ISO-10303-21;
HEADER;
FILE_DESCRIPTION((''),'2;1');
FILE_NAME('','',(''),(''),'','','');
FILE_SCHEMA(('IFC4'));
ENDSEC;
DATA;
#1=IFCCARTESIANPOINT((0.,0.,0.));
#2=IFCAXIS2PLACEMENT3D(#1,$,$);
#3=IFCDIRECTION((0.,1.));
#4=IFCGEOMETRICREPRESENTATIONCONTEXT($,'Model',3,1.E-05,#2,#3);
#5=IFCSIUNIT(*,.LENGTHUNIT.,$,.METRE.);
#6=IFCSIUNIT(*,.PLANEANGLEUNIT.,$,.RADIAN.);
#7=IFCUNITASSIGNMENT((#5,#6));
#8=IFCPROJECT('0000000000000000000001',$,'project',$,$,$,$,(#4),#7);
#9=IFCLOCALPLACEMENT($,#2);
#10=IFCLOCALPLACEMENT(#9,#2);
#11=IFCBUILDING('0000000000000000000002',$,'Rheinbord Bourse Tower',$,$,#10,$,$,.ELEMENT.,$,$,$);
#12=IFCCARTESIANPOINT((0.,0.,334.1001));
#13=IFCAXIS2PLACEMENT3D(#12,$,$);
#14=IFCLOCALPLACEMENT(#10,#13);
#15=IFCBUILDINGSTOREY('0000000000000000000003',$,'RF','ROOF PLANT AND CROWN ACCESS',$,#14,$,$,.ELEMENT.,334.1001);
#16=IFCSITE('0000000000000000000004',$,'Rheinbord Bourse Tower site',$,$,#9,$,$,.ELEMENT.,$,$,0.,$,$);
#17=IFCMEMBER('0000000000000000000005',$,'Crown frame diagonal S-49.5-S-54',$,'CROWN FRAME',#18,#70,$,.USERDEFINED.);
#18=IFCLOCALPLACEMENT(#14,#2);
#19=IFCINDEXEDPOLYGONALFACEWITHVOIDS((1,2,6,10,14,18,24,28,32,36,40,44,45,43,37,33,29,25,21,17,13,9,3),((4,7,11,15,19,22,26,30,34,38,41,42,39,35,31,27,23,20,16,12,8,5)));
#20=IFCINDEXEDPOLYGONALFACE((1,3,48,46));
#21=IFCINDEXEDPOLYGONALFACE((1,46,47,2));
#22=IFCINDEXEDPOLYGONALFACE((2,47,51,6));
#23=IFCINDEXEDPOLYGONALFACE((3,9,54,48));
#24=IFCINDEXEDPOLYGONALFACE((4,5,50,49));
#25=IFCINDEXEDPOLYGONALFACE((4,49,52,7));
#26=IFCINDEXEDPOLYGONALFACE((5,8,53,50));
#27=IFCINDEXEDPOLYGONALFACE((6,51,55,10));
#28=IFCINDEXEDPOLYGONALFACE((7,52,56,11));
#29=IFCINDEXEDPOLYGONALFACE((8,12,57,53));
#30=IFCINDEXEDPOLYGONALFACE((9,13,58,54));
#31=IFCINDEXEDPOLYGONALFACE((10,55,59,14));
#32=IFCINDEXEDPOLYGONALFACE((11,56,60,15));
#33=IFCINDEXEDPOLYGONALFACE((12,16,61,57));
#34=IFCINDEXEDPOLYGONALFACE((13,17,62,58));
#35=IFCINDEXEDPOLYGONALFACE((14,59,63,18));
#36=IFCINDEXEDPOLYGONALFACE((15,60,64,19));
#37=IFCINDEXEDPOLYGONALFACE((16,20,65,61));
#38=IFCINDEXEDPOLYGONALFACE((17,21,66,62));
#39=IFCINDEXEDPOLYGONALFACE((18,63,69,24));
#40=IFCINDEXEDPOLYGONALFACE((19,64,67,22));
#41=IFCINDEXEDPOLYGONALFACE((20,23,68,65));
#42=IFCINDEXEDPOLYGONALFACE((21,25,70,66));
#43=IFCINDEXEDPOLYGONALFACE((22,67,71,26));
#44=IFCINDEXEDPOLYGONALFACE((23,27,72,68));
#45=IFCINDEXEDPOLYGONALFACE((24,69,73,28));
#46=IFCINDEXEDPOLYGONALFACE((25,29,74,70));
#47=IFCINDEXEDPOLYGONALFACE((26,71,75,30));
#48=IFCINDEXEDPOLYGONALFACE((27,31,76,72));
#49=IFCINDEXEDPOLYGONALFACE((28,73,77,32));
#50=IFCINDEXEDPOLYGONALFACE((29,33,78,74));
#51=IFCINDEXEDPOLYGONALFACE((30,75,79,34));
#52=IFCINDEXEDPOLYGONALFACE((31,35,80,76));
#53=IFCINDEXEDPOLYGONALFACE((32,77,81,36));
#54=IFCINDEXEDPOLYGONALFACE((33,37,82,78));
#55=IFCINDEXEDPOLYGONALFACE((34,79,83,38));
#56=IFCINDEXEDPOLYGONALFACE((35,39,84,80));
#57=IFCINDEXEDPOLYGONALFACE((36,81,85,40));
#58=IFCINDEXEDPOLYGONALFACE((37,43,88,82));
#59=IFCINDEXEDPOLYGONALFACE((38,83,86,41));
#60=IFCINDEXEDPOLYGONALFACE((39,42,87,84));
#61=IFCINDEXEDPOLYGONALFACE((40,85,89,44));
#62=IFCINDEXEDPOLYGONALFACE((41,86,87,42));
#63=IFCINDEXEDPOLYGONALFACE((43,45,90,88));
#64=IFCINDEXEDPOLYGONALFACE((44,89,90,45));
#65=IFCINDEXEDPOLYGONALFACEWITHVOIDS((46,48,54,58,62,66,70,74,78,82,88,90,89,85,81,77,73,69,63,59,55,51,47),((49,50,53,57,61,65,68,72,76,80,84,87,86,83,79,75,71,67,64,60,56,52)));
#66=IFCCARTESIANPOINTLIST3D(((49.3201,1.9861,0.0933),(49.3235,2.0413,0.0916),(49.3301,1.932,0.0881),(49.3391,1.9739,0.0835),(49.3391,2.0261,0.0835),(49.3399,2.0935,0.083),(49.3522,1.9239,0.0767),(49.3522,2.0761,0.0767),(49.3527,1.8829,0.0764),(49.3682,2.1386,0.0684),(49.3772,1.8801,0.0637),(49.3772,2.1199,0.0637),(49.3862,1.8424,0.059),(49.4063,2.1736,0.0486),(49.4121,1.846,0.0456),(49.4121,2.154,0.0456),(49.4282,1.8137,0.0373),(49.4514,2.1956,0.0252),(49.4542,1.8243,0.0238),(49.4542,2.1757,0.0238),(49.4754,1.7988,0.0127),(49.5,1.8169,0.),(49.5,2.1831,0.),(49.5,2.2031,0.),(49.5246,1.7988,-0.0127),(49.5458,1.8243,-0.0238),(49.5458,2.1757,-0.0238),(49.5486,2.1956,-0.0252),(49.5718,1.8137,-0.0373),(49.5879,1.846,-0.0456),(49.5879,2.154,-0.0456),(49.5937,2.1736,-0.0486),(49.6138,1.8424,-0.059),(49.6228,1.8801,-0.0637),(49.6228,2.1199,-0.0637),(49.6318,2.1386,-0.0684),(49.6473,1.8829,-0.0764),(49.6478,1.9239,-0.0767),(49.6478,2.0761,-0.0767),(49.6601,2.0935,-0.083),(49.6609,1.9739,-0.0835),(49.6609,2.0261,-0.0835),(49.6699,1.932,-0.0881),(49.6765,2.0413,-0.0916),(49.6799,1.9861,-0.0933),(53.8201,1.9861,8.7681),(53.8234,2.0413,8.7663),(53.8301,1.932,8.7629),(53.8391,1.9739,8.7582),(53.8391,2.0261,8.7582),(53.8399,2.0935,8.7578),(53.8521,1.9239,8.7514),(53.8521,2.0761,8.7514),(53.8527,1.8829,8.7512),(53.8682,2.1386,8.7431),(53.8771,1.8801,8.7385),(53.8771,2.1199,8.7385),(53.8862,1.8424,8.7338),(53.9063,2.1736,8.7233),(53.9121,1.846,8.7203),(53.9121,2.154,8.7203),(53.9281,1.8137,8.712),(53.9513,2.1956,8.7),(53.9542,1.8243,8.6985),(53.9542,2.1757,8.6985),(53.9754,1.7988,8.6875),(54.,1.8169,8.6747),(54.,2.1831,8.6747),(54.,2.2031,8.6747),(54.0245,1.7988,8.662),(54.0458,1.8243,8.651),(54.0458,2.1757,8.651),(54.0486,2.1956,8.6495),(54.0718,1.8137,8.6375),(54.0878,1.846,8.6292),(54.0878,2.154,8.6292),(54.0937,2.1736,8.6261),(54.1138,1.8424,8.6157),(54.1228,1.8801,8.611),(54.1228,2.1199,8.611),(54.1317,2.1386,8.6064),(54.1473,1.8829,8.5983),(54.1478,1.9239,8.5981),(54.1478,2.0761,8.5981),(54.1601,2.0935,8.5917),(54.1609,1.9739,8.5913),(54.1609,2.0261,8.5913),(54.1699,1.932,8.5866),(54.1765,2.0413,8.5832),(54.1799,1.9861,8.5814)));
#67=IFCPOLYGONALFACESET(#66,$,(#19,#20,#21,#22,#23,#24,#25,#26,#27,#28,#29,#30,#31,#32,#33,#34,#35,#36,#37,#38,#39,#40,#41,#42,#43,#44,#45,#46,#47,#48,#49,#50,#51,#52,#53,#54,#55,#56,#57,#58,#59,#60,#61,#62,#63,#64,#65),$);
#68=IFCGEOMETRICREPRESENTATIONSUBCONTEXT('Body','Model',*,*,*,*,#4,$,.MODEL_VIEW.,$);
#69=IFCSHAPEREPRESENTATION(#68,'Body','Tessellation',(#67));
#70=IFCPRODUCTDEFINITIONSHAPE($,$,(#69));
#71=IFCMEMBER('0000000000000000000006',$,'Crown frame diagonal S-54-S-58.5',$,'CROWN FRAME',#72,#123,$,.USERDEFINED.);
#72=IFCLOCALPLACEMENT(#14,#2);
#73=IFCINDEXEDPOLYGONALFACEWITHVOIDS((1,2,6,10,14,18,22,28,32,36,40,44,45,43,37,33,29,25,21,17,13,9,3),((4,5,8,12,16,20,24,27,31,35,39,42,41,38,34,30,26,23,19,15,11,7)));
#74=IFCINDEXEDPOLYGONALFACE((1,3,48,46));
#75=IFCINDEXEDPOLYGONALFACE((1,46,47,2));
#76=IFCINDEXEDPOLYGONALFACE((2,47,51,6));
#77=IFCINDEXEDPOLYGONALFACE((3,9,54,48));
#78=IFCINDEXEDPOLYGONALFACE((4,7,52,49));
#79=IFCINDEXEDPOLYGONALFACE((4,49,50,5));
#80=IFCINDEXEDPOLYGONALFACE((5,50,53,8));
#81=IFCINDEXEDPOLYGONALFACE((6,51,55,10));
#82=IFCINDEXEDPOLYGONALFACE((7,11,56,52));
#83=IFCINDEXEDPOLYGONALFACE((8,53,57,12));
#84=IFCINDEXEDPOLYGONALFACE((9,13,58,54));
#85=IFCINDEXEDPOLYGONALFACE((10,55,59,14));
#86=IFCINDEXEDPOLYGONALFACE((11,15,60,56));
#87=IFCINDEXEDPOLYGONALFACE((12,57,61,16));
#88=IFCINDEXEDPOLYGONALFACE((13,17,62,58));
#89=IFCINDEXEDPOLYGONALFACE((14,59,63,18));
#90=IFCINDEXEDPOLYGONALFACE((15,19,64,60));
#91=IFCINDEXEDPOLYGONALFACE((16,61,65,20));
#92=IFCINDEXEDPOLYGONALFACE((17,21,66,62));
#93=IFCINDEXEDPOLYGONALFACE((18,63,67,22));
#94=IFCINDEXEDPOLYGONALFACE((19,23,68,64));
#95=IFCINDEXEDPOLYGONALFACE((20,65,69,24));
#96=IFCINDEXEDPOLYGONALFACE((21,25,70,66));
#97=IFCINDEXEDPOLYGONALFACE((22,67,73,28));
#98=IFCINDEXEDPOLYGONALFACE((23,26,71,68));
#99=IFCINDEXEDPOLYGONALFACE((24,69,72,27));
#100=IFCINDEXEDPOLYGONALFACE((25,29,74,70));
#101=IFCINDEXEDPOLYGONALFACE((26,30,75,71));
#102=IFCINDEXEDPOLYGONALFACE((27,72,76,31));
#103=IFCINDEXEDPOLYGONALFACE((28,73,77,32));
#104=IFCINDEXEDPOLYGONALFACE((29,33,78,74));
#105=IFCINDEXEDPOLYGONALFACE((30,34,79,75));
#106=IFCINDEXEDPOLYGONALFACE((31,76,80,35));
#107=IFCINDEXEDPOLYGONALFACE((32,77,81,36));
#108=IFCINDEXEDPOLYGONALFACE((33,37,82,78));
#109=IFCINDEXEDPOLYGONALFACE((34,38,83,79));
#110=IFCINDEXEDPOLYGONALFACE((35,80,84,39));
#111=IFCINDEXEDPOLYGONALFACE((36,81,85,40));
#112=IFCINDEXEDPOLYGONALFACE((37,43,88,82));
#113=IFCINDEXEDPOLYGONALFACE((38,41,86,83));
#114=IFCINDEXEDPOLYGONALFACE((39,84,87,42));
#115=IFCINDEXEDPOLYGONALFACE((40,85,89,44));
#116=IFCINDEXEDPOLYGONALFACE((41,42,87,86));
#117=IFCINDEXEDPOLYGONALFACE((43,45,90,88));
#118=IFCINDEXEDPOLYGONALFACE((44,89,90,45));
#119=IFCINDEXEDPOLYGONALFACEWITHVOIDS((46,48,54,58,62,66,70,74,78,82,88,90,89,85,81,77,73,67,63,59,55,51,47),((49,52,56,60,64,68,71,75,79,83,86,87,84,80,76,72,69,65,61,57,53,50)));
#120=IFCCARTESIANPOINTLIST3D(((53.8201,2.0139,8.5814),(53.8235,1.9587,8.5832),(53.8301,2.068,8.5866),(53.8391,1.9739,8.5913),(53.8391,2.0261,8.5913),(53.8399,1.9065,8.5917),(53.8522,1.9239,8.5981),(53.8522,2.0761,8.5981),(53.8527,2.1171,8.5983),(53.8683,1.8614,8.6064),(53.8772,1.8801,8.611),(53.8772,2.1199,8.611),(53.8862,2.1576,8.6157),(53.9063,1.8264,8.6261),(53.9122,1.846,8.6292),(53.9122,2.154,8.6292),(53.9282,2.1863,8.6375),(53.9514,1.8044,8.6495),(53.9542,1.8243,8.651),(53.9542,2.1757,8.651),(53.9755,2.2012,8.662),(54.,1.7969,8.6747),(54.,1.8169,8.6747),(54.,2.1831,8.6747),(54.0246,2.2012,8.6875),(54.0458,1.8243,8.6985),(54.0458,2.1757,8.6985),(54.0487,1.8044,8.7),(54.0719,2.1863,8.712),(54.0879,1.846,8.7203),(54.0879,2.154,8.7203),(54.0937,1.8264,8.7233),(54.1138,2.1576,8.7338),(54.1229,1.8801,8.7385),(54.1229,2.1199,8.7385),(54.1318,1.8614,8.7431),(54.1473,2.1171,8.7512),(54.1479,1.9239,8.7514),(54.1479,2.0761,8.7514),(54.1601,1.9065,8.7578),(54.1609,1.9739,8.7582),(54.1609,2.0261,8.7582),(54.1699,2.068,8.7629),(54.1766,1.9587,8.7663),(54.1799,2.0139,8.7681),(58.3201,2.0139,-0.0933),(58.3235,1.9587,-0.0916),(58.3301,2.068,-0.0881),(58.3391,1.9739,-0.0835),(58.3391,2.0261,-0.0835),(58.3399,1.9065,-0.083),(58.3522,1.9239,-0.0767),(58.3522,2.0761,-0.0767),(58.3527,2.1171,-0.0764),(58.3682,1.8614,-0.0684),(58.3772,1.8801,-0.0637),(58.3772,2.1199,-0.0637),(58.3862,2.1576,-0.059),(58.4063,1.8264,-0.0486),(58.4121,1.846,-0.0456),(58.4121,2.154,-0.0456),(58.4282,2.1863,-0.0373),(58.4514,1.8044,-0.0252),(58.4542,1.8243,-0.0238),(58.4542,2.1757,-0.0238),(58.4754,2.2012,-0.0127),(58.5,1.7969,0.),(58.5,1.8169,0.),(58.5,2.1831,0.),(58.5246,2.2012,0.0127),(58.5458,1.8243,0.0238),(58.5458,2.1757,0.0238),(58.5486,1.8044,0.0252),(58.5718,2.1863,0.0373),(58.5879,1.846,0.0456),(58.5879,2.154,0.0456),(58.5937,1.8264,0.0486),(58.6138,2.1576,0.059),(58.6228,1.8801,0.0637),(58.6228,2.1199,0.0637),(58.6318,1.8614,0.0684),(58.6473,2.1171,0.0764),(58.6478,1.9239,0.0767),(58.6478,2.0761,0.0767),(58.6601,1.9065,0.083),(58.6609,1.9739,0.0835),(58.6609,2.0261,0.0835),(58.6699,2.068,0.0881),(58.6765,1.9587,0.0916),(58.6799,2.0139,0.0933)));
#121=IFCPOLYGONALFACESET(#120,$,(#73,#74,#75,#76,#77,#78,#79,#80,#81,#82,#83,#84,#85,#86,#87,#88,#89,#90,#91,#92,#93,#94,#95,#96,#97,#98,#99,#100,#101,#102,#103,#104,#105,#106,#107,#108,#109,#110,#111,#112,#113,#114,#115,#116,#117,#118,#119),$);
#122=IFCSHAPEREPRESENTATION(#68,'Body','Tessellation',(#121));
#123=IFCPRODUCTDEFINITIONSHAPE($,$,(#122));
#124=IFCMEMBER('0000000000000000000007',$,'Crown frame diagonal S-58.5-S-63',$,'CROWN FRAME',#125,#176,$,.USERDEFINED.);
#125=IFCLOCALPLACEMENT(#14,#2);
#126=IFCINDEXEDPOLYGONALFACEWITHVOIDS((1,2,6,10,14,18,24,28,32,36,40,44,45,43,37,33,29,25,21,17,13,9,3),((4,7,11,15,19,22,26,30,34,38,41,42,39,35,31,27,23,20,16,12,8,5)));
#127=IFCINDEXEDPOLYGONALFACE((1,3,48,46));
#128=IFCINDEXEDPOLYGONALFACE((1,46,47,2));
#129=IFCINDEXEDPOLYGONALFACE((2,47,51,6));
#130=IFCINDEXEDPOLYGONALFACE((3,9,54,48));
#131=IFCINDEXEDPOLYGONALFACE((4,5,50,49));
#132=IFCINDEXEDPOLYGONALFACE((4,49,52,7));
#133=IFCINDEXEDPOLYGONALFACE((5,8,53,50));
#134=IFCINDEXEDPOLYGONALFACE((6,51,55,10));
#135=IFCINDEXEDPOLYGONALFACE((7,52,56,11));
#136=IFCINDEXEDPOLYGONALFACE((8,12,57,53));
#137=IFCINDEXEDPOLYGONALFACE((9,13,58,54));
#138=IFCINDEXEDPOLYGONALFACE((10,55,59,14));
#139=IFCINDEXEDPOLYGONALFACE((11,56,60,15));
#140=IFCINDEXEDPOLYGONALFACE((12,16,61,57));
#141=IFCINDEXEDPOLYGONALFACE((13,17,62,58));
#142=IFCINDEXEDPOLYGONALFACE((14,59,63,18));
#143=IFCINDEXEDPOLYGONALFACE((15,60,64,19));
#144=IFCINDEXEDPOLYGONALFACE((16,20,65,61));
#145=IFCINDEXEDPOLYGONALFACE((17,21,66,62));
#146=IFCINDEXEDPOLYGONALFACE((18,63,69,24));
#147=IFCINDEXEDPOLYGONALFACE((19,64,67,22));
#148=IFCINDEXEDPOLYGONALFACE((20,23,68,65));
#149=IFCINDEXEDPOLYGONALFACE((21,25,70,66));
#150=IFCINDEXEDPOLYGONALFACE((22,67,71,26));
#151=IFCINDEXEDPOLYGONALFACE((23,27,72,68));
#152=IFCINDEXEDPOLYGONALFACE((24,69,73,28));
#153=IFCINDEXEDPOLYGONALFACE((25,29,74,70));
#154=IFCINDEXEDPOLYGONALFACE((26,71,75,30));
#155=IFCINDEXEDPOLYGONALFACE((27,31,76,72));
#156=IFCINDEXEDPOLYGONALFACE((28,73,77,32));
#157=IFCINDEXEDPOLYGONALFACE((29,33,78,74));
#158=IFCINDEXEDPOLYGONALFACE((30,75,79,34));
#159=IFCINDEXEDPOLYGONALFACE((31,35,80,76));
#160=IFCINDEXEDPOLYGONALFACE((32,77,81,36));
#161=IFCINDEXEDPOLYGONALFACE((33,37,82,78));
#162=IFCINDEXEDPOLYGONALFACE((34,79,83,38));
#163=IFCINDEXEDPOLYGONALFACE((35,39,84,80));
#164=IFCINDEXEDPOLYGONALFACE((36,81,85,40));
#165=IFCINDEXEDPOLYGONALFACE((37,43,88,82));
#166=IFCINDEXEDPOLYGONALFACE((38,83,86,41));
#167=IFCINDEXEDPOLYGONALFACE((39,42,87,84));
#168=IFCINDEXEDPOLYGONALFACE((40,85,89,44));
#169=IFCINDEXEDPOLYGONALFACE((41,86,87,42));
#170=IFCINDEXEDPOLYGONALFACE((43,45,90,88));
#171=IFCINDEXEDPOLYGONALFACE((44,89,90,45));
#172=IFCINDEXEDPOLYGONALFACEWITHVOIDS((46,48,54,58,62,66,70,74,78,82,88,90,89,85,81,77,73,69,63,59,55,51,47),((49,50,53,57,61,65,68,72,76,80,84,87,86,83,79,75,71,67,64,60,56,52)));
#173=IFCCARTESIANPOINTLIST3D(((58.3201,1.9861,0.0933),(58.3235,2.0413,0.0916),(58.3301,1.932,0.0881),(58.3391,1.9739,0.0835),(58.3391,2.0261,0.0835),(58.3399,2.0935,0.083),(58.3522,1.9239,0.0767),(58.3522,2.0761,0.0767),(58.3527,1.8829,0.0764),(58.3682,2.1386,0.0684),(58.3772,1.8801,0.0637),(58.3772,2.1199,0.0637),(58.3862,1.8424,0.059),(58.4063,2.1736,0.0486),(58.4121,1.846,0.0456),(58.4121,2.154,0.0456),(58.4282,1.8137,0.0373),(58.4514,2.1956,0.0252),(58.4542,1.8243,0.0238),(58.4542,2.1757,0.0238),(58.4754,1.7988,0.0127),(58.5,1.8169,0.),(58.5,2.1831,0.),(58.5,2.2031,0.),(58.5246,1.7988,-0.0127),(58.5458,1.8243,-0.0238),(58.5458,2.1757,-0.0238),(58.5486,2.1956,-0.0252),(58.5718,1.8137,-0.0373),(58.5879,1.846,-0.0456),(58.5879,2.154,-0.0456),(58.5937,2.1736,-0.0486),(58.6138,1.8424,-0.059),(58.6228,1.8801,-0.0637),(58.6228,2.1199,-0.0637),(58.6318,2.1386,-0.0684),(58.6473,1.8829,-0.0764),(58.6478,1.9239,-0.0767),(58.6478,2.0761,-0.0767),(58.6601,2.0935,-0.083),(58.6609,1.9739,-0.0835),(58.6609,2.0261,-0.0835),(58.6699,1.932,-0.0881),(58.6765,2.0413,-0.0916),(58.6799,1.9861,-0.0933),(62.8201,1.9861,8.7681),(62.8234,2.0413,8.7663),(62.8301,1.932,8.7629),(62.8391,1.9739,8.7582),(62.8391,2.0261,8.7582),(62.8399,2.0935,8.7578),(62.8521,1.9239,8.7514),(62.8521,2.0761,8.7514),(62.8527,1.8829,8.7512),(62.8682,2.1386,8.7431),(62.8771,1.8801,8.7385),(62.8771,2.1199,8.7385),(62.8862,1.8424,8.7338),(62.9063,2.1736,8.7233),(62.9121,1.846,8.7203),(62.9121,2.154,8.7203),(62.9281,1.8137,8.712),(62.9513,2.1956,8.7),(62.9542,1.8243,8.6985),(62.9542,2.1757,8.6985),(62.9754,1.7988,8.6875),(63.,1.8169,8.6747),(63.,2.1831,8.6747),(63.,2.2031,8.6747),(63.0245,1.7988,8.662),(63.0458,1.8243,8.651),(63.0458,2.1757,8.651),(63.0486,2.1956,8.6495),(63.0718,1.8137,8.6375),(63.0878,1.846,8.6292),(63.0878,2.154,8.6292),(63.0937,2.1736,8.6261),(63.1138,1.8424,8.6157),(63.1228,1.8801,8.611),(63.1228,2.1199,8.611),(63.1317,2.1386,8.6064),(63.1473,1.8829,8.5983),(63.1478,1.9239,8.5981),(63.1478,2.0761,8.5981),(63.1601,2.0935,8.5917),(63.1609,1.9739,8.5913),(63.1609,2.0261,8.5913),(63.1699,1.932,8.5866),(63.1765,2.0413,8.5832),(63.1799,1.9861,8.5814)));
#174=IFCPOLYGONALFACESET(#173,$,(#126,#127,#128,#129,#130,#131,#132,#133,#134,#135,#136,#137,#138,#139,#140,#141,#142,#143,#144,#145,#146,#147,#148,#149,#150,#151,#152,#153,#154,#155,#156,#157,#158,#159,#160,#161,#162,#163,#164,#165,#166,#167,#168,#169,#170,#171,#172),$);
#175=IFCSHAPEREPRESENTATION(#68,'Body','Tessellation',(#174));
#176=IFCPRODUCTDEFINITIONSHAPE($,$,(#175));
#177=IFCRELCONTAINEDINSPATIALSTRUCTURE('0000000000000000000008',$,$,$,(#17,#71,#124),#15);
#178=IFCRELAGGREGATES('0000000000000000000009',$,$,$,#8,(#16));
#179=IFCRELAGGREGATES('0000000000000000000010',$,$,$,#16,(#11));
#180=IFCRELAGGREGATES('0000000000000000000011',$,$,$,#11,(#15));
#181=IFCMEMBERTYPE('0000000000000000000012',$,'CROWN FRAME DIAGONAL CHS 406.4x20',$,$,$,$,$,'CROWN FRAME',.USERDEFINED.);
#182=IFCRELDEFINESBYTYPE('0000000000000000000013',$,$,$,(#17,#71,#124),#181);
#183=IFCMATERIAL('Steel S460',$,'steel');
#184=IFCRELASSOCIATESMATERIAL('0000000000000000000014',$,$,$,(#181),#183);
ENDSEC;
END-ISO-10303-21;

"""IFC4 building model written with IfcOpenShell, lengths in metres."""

from ifc_helpers import new_model, si_unit, direction, frame, origin, origin_2d, place, context, subcontext, project, spatial, hollow_circle, extrude, material, material_profile, profile_set, type_object, element, save


model = new_model("IFC4")

# Units and contexts
model_context = context("Model", 3, precision=1e-05, world=origin(), true_north=direction((0.0, 1.0)))
body_context = subcontext(model_context, "Body", "Model", "MODEL_VIEW")
ifc_project = project(units=[si_unit("LENGTHUNIT", "METRE"), si_unit("PLANEANGLEUNIT", "RADIAN")], contexts=[model_context])

# Site, building, storey
site_placement = place(None, origin())
site = spatial("IfcSite", under=ifc_project, at=site_placement, Name="Rheinbord Bourse Tower site", CompositionType="ELEMENT", RefElevation=0.0)
building_placement = place(site_placement, origin())
building = spatial("IfcBuilding", under=site, at=building_placement, Name="Rheinbord Bourse Tower", CompositionType="ELEMENT")
storey_placement = place(building_placement, frame((0.0, 0.0, 334.1001)))
storey = spatial("IfcBuildingStorey", under=building, at=storey_placement, Name="RF", Description="ROOF PLANT AND CROWN ACCESS", CompositionType="ELEMENT", Elevation=334.1001)

# Members
ifc_material_1 = material(Name="Steel S460", Category="steel")
ifc_material_profile_1 = material_profile(ifc_material_1, hollow_circle(Radius=0.2031, WallThickness=0.02, at=origin_2d()), Name="CHS 406.4x20")
ifc_profile_set_1 = profile_set([ifc_material_profile_1], Name="Steel S460")
member_type = type_object("IfcMemberType", Name="CROWN FRAME DIAGONAL CHS 406.4x20", ElementType="CROWN FRAME", PredefinedType="USERDEFINED", material=ifc_profile_set_1)
for number, where, z_axis, x_axis, name in (
    (1, (49.5, 2.0, 0.0), (0.460475, 0.0, 0.887673), (0.0, 1.0, 0.0), "Crown frame diagonal S-49.5-S-54"),
    (2, (58.5, 2.0, 0.0), (-0.460475, 0.0, 0.887673), (0.0, -1.0, 0.0), "Crown frame diagonal S-54-S-58.5"),
    (3, (58.5, 2.0, 0.0), (0.460475, 0.0, 0.887673), (0.0, 1.0, 0.0), "Crown frame diagonal S-58.5-S-63"),
):
    element("IfcMember", number, at=place(storey_placement, frame(where, z_axis=z_axis, x_axis=x_axis)), inside=storey, type_object=member_type, Name=name, ObjectType="CROWN FRAME", PredefinedType="USERDEFINED", context=body_context, shape_type="SweptSolid", body=[
        extrude(hollow_circle(Radius=0.2031, WallThickness=0.02, at=origin_2d()), origin(), (0.0, 0.0, 1.0), 9.7725),
    ])

save(model, "model.ifc")
